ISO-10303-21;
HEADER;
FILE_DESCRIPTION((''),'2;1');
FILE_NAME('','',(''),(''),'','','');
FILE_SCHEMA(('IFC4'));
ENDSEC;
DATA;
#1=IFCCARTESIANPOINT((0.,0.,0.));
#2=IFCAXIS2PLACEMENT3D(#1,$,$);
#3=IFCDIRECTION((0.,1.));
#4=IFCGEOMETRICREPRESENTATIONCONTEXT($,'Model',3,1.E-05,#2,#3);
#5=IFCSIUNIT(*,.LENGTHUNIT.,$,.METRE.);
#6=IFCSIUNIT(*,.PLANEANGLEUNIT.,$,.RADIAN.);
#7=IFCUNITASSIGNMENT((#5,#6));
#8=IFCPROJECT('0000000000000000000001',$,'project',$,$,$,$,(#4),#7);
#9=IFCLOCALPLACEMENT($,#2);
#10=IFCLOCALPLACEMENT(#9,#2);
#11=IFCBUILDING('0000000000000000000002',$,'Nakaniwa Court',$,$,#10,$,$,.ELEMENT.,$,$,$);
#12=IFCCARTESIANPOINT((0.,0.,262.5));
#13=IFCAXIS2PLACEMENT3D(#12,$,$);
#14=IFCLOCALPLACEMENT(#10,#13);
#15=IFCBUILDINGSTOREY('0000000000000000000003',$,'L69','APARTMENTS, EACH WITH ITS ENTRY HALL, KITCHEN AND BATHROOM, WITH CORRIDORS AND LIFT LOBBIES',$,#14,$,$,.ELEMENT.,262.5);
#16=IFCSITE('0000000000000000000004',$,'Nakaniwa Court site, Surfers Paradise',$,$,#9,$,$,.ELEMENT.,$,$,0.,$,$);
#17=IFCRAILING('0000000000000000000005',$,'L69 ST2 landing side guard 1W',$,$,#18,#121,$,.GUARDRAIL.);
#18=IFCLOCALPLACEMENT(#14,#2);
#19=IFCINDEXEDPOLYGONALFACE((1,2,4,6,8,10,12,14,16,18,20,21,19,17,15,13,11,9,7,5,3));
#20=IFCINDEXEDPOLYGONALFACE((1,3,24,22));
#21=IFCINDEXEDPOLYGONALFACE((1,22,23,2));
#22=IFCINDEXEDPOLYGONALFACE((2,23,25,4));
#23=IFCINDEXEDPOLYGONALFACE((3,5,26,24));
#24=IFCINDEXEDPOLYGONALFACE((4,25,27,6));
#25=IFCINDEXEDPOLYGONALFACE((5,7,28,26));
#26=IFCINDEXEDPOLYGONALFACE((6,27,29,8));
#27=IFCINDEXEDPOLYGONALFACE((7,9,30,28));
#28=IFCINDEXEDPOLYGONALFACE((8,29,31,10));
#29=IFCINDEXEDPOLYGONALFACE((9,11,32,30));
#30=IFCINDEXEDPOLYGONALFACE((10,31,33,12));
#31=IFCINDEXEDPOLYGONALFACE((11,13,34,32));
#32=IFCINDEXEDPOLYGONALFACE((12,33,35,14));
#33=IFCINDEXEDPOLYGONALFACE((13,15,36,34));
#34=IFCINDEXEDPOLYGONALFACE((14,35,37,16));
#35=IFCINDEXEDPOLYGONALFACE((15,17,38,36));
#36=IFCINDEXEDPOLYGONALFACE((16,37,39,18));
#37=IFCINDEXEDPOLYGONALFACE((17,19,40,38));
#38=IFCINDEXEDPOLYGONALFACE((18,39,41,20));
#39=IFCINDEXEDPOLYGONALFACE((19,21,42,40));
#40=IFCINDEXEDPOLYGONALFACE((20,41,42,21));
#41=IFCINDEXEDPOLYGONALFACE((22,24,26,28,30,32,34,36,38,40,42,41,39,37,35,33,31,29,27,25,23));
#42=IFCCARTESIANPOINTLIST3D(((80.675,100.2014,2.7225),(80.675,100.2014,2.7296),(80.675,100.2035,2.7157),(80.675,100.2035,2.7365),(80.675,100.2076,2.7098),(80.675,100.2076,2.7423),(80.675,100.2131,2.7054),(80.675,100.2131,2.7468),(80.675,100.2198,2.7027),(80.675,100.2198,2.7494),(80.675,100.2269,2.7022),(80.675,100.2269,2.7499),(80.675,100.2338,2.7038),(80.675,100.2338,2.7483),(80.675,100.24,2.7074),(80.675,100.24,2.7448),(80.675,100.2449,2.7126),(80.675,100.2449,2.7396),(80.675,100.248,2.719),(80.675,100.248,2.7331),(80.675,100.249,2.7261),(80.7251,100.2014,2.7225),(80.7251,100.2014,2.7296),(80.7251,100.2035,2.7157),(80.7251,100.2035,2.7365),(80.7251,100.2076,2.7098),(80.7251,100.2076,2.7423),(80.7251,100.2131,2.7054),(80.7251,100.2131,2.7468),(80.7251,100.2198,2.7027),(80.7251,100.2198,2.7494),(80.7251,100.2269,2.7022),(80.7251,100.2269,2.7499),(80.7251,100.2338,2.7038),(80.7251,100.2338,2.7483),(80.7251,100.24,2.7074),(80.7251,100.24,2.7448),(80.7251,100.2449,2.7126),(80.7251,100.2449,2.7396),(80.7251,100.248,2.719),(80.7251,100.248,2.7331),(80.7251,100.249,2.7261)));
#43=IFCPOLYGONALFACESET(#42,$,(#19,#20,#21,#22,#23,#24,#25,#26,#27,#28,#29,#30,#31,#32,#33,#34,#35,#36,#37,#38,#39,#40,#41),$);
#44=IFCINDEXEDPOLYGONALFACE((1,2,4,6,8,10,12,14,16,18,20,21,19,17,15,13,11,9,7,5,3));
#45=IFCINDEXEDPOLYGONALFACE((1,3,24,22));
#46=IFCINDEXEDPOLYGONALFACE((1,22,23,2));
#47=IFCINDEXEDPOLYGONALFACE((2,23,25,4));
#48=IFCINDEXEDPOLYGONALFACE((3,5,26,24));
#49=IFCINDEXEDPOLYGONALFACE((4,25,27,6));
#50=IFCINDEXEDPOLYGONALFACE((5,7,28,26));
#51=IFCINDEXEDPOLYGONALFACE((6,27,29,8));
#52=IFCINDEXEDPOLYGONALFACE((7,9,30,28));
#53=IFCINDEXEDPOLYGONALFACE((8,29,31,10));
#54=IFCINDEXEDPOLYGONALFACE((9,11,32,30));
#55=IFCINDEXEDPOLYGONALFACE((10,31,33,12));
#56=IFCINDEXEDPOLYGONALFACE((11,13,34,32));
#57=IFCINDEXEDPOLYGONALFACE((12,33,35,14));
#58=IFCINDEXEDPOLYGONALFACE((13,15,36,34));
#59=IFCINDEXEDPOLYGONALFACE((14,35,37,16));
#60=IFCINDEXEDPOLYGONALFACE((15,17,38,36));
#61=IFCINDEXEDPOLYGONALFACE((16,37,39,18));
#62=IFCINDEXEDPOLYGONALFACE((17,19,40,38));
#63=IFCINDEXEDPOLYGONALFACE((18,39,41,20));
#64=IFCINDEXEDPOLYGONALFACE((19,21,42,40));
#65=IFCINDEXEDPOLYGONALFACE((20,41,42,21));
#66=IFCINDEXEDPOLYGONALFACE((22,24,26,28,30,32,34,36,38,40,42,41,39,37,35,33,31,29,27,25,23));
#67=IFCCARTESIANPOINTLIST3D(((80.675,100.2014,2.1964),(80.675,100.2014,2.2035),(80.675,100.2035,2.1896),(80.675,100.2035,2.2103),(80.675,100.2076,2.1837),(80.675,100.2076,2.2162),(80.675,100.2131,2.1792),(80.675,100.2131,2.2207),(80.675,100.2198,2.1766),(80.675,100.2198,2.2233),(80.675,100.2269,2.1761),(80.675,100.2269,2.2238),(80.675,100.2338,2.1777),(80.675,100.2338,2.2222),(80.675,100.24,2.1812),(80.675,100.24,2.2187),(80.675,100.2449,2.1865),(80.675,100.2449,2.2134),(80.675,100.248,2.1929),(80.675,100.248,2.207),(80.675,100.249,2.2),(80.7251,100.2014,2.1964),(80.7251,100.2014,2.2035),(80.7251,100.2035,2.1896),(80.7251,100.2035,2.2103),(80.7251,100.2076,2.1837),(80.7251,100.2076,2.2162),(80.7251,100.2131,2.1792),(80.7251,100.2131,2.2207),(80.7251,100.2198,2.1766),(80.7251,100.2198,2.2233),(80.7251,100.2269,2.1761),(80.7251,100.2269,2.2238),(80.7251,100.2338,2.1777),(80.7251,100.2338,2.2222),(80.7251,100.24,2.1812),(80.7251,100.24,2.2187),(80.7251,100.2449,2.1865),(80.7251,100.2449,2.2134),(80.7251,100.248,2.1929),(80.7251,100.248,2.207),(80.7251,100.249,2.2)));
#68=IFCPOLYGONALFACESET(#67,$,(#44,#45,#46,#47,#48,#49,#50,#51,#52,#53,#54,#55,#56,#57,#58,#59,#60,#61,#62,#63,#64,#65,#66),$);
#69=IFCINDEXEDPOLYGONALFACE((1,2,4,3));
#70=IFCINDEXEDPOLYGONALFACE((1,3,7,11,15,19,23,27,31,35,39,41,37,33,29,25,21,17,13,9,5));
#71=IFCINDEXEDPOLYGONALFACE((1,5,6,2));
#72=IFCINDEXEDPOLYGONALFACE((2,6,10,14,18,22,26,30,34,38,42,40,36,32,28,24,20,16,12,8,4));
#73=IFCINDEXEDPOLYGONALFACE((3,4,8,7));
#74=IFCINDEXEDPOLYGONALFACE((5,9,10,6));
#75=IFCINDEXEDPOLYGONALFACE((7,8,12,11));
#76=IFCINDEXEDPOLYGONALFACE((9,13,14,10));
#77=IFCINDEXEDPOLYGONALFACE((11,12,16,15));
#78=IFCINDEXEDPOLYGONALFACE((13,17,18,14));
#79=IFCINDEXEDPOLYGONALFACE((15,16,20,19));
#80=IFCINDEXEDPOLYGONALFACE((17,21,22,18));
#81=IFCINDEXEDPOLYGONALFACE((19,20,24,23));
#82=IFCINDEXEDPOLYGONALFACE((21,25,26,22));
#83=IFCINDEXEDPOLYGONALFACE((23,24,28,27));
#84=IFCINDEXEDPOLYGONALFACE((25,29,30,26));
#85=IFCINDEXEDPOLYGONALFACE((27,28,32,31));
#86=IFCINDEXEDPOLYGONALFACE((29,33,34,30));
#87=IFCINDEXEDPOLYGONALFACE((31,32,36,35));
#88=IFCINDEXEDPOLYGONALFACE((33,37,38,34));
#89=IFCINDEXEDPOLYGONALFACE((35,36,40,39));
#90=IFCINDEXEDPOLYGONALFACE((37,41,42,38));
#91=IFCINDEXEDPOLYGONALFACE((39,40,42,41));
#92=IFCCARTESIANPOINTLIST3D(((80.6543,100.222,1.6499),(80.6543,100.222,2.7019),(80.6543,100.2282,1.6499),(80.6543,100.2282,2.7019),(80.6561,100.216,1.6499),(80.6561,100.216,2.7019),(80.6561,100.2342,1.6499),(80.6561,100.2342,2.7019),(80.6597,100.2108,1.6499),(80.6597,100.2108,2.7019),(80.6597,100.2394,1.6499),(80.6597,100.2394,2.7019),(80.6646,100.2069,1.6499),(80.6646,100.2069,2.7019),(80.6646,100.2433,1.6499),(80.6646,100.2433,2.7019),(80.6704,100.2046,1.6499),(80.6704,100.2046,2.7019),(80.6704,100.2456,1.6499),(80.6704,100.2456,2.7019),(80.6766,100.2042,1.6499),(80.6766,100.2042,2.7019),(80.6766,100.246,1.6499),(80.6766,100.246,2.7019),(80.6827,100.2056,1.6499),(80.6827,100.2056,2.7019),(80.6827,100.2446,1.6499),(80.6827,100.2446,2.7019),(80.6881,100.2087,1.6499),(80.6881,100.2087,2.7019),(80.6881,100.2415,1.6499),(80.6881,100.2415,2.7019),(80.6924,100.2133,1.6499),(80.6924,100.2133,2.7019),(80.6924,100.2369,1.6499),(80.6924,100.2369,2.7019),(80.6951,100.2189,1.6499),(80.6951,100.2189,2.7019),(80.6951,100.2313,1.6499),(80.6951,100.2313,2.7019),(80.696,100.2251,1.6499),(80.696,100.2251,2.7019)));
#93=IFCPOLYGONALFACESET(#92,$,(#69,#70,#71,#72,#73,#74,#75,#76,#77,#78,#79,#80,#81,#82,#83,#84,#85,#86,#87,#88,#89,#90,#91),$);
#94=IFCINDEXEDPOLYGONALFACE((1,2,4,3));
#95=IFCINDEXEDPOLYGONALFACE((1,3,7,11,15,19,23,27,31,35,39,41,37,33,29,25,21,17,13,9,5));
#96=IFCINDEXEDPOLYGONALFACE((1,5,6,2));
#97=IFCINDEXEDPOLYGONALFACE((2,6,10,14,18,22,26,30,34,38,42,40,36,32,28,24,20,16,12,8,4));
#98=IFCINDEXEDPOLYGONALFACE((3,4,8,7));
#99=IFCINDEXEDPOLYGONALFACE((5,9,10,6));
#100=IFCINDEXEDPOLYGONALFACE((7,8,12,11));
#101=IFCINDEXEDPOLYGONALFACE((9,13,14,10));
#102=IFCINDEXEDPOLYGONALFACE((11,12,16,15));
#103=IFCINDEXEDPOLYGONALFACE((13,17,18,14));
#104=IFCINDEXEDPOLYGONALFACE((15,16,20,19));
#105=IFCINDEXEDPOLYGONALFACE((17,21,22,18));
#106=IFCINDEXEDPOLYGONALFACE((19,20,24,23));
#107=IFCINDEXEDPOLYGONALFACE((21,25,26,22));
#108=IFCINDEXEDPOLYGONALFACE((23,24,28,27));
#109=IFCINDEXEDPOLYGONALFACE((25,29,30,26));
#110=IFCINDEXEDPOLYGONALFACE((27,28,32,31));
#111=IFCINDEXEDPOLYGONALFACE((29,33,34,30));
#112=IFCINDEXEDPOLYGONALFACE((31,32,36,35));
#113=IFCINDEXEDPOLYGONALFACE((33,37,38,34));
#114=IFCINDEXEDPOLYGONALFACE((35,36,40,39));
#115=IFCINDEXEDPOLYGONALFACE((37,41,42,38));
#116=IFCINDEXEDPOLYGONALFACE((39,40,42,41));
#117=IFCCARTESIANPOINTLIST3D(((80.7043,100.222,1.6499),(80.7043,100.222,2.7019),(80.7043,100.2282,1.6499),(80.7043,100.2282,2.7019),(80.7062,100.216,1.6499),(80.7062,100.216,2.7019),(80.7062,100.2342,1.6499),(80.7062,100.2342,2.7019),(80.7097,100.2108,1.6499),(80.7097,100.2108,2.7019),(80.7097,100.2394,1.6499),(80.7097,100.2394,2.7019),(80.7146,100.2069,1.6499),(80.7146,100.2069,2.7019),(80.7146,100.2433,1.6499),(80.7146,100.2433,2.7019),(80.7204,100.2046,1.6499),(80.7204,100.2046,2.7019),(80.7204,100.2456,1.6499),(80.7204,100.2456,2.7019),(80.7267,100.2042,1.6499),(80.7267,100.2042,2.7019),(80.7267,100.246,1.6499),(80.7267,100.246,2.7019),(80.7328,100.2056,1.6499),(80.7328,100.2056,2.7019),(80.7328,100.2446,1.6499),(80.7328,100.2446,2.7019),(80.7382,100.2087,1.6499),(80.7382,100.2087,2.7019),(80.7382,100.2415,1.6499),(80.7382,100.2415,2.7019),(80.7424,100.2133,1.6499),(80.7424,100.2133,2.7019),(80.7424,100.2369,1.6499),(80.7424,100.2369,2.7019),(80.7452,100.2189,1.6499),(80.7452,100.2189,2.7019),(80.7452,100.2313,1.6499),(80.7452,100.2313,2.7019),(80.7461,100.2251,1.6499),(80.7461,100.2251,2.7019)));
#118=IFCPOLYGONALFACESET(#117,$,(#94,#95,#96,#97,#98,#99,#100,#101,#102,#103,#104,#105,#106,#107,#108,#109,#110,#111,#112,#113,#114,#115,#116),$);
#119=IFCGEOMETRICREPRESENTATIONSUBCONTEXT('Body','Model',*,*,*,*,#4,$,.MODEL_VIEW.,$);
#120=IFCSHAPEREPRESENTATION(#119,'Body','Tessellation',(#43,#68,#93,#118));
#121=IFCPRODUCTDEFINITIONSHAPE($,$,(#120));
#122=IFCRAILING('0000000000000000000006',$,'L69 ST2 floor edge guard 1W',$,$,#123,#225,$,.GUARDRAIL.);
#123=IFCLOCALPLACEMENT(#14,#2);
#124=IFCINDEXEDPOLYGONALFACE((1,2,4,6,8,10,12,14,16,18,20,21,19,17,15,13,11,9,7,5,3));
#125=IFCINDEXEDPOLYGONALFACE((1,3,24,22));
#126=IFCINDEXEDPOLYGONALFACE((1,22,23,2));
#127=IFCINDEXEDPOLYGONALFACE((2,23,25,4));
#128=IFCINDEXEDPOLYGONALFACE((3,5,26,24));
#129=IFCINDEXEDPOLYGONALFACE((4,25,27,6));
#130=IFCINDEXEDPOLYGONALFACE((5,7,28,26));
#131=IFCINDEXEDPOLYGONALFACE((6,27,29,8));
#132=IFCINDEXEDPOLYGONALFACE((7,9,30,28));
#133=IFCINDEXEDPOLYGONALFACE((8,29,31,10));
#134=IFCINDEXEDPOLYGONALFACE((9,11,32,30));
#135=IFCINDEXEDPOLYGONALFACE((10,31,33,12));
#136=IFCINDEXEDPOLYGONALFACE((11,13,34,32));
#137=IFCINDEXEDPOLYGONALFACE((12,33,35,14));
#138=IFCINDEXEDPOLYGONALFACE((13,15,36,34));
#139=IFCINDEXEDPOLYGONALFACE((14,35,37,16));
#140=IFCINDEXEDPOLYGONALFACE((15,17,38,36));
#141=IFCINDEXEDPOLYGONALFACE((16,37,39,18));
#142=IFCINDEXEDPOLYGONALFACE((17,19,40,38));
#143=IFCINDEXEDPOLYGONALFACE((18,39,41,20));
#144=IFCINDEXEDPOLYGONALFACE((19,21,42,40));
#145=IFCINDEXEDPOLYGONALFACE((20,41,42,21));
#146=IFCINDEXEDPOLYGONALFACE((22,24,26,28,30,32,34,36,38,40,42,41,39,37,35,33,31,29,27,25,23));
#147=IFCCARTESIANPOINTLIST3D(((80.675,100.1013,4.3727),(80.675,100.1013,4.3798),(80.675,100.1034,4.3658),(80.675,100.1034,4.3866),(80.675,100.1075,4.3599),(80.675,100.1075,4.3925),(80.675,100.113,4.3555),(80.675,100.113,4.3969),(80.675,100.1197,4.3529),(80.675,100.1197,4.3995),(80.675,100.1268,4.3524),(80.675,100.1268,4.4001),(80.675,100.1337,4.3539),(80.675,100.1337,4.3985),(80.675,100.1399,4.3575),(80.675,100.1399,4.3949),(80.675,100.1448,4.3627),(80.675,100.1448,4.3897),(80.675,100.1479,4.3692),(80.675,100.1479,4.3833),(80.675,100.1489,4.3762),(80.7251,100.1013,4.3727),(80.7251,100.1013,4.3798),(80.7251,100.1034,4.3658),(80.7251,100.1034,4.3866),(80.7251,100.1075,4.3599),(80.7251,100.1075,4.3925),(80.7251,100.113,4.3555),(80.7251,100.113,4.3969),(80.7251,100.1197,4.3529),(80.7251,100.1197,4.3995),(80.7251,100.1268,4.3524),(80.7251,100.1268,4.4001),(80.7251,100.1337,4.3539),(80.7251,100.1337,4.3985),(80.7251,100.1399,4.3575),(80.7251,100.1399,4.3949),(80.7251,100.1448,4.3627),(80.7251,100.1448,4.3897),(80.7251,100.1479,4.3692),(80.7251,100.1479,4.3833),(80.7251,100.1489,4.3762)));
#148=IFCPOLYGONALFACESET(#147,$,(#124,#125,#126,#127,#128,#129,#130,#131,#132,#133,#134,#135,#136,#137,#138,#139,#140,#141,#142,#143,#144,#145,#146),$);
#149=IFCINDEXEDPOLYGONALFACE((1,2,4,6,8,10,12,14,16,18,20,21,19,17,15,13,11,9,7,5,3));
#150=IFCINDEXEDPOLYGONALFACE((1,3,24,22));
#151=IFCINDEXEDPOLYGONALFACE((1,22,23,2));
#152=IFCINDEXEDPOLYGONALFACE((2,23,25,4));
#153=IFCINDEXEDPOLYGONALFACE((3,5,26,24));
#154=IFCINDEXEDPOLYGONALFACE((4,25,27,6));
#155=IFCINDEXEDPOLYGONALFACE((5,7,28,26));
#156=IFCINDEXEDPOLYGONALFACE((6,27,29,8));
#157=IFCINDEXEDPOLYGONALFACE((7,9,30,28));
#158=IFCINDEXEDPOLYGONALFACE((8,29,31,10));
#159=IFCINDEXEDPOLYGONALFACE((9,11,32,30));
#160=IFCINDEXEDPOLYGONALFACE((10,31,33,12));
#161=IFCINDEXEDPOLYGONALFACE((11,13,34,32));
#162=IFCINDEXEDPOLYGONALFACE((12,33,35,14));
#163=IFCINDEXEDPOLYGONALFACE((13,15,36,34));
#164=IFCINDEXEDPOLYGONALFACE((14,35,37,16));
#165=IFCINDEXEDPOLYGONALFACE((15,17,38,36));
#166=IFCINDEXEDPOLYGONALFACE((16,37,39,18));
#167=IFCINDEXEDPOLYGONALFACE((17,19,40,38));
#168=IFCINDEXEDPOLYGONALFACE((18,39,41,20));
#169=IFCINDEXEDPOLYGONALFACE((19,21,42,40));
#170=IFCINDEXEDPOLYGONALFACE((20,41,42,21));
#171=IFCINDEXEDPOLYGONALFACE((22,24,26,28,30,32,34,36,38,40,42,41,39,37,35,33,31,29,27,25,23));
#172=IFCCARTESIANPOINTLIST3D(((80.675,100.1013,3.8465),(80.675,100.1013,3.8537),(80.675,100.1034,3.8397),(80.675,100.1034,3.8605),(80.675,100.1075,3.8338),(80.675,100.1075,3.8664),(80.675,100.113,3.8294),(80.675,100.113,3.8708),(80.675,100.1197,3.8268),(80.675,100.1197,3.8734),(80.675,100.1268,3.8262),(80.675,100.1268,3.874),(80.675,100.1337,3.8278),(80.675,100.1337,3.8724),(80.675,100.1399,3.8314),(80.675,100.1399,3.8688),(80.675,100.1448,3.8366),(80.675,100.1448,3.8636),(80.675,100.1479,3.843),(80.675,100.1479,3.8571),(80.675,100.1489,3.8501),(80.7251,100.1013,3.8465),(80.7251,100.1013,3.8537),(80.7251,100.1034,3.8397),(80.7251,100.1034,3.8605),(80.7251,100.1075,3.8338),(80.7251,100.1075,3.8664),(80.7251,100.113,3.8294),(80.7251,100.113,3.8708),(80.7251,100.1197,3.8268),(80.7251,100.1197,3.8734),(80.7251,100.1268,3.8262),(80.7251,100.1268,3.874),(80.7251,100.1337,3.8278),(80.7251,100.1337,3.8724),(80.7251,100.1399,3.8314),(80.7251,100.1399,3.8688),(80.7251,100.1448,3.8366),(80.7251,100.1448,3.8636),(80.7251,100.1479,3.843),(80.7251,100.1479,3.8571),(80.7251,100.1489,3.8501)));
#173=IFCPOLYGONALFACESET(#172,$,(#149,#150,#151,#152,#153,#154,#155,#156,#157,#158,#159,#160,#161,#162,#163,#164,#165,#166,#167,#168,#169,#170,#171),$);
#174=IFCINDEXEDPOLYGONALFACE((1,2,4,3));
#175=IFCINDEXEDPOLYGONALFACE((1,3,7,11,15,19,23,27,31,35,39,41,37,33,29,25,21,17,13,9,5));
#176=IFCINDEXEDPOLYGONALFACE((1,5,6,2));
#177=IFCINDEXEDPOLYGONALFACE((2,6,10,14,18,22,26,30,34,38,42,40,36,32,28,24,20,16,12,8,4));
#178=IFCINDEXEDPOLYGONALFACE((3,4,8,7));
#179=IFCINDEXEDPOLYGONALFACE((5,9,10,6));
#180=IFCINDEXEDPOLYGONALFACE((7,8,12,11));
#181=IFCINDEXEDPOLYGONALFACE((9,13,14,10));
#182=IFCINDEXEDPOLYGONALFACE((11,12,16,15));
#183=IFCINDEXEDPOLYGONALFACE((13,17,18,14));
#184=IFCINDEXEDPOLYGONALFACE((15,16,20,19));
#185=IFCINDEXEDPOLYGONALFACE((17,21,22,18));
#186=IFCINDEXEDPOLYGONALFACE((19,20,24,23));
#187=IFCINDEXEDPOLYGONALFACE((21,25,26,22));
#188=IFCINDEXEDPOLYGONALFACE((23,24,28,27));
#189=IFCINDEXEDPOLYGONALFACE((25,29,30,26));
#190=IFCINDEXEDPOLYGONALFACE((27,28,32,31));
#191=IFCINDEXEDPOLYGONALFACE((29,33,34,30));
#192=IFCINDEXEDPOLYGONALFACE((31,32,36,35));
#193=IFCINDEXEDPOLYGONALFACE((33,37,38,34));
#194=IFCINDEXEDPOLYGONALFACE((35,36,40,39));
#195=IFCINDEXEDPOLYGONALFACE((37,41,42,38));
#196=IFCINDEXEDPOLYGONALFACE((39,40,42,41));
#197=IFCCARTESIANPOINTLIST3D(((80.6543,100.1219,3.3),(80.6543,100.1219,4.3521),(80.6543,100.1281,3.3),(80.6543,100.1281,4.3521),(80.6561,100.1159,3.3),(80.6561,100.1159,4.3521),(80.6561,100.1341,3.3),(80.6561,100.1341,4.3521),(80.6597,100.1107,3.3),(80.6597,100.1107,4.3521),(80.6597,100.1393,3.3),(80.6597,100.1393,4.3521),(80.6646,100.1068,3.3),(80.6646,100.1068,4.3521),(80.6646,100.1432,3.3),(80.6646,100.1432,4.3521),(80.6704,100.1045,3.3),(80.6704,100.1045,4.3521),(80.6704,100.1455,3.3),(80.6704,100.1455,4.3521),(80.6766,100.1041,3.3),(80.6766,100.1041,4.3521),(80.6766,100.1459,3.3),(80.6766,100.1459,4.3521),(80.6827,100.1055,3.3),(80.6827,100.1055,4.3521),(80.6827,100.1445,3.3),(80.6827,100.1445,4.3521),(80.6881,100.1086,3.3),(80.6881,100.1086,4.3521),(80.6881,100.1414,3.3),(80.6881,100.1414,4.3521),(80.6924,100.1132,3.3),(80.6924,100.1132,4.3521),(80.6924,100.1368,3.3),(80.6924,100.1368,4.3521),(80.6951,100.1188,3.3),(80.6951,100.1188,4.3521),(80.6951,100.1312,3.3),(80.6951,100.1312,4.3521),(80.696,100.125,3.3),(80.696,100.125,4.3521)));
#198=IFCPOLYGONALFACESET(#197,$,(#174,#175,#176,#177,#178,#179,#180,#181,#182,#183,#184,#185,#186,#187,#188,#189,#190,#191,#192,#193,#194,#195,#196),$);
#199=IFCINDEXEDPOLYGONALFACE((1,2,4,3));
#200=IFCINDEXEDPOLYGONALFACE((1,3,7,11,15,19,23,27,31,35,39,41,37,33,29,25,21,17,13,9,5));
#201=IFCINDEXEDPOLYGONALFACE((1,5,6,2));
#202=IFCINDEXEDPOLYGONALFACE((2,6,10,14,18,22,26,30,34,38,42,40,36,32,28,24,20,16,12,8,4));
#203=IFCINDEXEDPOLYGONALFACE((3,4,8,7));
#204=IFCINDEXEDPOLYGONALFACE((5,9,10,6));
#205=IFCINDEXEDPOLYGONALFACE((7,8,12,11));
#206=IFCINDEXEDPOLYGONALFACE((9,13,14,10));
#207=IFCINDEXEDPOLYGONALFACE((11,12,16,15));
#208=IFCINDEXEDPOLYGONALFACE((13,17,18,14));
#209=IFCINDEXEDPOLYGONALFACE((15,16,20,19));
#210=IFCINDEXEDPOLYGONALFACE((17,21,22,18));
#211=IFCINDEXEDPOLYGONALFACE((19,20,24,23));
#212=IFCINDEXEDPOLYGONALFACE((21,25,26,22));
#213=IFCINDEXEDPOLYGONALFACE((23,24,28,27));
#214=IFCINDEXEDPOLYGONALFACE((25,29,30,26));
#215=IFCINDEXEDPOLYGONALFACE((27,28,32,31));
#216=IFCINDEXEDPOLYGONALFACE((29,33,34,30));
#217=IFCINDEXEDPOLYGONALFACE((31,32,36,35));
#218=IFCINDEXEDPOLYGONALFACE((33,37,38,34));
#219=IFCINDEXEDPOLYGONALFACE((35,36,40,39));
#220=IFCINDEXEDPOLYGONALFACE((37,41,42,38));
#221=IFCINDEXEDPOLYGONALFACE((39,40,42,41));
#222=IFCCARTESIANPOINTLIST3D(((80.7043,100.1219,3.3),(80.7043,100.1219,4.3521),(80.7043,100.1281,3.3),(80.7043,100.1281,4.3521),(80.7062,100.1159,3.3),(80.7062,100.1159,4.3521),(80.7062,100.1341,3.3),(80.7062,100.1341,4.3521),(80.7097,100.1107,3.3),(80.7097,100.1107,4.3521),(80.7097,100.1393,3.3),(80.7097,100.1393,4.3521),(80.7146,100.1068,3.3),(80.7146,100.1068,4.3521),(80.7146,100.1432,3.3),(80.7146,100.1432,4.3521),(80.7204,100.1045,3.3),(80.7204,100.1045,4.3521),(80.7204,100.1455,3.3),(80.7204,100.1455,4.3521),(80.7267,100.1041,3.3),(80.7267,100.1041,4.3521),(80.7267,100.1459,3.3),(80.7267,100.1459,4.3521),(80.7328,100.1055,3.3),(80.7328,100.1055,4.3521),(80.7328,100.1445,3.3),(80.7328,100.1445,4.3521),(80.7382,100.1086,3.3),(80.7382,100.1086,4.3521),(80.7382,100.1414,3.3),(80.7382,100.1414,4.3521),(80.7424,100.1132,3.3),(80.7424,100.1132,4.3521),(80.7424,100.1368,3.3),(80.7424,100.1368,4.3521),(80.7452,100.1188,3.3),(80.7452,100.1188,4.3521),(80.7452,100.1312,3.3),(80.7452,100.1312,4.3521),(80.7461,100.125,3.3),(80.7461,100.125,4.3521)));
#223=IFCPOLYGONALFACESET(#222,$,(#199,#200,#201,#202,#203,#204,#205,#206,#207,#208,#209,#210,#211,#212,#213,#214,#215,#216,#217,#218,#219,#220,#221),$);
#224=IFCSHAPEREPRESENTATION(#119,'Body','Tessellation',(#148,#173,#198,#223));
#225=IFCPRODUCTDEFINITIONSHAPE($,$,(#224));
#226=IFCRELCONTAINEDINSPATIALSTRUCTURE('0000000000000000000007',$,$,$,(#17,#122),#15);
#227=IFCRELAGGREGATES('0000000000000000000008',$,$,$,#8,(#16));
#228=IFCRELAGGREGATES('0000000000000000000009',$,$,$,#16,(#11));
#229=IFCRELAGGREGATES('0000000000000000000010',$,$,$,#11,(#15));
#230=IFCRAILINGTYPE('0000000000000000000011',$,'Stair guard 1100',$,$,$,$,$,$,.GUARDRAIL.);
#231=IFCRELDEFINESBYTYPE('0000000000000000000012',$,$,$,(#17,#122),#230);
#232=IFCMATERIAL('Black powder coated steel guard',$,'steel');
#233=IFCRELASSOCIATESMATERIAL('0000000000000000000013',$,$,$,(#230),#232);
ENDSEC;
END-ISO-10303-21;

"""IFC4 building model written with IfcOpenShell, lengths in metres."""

from ifc_helpers import new_model, si_unit, direction, frame, origin, origin_2d, place, context, subcontext, project, spatial, circle, extrude, material, type_object, element, save


model = new_model("IFC4")

# Units and contexts
model_context = context("Model", 3, precision=1e-05, world=origin(), true_north=direction((0.0, 1.0)))
body_context = subcontext(model_context, "Body", "Model", "MODEL_VIEW")
ifc_project = project(units=[si_unit("LENGTHUNIT", "METRE"), si_unit("PLANEANGLEUNIT", "RADIAN")], contexts=[model_context])

# Site, building, storey
site_placement = place(None, origin())
site = spatial("IfcSite", under=ifc_project, at=site_placement, Name="Nakaniwa Court site, Surfers Paradise", CompositionType="ELEMENT", RefElevation=0.0)
building_placement = place(site_placement, origin())
building = spatial("IfcBuilding", under=site, at=building_placement, Name="Nakaniwa Court", CompositionType="ELEMENT")
storey_placement = place(building_placement, frame((0.0, 0.0, 262.5)))
storey = spatial("IfcBuildingStorey", under=building, at=storey_placement, Name="L69", Description="APARTMENTS, EACH WITH ITS ENTRY HALL, KITCHEN AND BATHROOM, WITH CORRIDORS AND LIFT LOBBIES", CompositionType="ELEMENT", Elevation=262.5)

# Railings
ifc_material_1 = material(Name="Black powder coated steel guard", Category="steel")
railing_type_1 = type_object("IfcRailingType", Name="Stair guard 1100", PredefinedType="GUARDRAIL", material=ifc_material_1)
for number, where, name in (
    (1, (80.675, 100.2251, 1.6499), "L69 ST2 landing side guard 1W"),
    (2, (80.675, 100.125, 3.3), "L69 ST2 floor edge guard 1W"),
):
    element("IfcRailing", number, at=place(storey_placement, frame(where)), inside=storey, type_object=railing_type_1, Name=name, PredefinedType="GUARDRAIL", context=body_context, shape_type="SweptSolid", body=[
        extrude(circle(Radius=0.0239, at=origin_2d()), frame((0.0, 0.0, 1.0762), z_axis=(1.0, 0.0, 0.0), x_axis=(0.0, 1.0, 0.0)), (0.0, 0.0, 1.0), 0.05),
        extrude(circle(Radius=0.0239, at=origin_2d()), frame((0.0, 0.0, 0.55), z_axis=(1.0, 0.0, 0.0), x_axis=(0.0, 1.0, 0.0)), (0.0, 0.0, 1.0), 0.05),
        extrude(circle(Radius=0.021, at=origin_2d()), origin(), (0.0, 0.0, 1.0), 1.052),
        extrude(circle(Radius=0.021, at=origin_2d()), frame((0.05, 0.0, 0.0)), (0.0, 0.0, 1.0), 1.052),
    ])

save(model, "model.ifc")
